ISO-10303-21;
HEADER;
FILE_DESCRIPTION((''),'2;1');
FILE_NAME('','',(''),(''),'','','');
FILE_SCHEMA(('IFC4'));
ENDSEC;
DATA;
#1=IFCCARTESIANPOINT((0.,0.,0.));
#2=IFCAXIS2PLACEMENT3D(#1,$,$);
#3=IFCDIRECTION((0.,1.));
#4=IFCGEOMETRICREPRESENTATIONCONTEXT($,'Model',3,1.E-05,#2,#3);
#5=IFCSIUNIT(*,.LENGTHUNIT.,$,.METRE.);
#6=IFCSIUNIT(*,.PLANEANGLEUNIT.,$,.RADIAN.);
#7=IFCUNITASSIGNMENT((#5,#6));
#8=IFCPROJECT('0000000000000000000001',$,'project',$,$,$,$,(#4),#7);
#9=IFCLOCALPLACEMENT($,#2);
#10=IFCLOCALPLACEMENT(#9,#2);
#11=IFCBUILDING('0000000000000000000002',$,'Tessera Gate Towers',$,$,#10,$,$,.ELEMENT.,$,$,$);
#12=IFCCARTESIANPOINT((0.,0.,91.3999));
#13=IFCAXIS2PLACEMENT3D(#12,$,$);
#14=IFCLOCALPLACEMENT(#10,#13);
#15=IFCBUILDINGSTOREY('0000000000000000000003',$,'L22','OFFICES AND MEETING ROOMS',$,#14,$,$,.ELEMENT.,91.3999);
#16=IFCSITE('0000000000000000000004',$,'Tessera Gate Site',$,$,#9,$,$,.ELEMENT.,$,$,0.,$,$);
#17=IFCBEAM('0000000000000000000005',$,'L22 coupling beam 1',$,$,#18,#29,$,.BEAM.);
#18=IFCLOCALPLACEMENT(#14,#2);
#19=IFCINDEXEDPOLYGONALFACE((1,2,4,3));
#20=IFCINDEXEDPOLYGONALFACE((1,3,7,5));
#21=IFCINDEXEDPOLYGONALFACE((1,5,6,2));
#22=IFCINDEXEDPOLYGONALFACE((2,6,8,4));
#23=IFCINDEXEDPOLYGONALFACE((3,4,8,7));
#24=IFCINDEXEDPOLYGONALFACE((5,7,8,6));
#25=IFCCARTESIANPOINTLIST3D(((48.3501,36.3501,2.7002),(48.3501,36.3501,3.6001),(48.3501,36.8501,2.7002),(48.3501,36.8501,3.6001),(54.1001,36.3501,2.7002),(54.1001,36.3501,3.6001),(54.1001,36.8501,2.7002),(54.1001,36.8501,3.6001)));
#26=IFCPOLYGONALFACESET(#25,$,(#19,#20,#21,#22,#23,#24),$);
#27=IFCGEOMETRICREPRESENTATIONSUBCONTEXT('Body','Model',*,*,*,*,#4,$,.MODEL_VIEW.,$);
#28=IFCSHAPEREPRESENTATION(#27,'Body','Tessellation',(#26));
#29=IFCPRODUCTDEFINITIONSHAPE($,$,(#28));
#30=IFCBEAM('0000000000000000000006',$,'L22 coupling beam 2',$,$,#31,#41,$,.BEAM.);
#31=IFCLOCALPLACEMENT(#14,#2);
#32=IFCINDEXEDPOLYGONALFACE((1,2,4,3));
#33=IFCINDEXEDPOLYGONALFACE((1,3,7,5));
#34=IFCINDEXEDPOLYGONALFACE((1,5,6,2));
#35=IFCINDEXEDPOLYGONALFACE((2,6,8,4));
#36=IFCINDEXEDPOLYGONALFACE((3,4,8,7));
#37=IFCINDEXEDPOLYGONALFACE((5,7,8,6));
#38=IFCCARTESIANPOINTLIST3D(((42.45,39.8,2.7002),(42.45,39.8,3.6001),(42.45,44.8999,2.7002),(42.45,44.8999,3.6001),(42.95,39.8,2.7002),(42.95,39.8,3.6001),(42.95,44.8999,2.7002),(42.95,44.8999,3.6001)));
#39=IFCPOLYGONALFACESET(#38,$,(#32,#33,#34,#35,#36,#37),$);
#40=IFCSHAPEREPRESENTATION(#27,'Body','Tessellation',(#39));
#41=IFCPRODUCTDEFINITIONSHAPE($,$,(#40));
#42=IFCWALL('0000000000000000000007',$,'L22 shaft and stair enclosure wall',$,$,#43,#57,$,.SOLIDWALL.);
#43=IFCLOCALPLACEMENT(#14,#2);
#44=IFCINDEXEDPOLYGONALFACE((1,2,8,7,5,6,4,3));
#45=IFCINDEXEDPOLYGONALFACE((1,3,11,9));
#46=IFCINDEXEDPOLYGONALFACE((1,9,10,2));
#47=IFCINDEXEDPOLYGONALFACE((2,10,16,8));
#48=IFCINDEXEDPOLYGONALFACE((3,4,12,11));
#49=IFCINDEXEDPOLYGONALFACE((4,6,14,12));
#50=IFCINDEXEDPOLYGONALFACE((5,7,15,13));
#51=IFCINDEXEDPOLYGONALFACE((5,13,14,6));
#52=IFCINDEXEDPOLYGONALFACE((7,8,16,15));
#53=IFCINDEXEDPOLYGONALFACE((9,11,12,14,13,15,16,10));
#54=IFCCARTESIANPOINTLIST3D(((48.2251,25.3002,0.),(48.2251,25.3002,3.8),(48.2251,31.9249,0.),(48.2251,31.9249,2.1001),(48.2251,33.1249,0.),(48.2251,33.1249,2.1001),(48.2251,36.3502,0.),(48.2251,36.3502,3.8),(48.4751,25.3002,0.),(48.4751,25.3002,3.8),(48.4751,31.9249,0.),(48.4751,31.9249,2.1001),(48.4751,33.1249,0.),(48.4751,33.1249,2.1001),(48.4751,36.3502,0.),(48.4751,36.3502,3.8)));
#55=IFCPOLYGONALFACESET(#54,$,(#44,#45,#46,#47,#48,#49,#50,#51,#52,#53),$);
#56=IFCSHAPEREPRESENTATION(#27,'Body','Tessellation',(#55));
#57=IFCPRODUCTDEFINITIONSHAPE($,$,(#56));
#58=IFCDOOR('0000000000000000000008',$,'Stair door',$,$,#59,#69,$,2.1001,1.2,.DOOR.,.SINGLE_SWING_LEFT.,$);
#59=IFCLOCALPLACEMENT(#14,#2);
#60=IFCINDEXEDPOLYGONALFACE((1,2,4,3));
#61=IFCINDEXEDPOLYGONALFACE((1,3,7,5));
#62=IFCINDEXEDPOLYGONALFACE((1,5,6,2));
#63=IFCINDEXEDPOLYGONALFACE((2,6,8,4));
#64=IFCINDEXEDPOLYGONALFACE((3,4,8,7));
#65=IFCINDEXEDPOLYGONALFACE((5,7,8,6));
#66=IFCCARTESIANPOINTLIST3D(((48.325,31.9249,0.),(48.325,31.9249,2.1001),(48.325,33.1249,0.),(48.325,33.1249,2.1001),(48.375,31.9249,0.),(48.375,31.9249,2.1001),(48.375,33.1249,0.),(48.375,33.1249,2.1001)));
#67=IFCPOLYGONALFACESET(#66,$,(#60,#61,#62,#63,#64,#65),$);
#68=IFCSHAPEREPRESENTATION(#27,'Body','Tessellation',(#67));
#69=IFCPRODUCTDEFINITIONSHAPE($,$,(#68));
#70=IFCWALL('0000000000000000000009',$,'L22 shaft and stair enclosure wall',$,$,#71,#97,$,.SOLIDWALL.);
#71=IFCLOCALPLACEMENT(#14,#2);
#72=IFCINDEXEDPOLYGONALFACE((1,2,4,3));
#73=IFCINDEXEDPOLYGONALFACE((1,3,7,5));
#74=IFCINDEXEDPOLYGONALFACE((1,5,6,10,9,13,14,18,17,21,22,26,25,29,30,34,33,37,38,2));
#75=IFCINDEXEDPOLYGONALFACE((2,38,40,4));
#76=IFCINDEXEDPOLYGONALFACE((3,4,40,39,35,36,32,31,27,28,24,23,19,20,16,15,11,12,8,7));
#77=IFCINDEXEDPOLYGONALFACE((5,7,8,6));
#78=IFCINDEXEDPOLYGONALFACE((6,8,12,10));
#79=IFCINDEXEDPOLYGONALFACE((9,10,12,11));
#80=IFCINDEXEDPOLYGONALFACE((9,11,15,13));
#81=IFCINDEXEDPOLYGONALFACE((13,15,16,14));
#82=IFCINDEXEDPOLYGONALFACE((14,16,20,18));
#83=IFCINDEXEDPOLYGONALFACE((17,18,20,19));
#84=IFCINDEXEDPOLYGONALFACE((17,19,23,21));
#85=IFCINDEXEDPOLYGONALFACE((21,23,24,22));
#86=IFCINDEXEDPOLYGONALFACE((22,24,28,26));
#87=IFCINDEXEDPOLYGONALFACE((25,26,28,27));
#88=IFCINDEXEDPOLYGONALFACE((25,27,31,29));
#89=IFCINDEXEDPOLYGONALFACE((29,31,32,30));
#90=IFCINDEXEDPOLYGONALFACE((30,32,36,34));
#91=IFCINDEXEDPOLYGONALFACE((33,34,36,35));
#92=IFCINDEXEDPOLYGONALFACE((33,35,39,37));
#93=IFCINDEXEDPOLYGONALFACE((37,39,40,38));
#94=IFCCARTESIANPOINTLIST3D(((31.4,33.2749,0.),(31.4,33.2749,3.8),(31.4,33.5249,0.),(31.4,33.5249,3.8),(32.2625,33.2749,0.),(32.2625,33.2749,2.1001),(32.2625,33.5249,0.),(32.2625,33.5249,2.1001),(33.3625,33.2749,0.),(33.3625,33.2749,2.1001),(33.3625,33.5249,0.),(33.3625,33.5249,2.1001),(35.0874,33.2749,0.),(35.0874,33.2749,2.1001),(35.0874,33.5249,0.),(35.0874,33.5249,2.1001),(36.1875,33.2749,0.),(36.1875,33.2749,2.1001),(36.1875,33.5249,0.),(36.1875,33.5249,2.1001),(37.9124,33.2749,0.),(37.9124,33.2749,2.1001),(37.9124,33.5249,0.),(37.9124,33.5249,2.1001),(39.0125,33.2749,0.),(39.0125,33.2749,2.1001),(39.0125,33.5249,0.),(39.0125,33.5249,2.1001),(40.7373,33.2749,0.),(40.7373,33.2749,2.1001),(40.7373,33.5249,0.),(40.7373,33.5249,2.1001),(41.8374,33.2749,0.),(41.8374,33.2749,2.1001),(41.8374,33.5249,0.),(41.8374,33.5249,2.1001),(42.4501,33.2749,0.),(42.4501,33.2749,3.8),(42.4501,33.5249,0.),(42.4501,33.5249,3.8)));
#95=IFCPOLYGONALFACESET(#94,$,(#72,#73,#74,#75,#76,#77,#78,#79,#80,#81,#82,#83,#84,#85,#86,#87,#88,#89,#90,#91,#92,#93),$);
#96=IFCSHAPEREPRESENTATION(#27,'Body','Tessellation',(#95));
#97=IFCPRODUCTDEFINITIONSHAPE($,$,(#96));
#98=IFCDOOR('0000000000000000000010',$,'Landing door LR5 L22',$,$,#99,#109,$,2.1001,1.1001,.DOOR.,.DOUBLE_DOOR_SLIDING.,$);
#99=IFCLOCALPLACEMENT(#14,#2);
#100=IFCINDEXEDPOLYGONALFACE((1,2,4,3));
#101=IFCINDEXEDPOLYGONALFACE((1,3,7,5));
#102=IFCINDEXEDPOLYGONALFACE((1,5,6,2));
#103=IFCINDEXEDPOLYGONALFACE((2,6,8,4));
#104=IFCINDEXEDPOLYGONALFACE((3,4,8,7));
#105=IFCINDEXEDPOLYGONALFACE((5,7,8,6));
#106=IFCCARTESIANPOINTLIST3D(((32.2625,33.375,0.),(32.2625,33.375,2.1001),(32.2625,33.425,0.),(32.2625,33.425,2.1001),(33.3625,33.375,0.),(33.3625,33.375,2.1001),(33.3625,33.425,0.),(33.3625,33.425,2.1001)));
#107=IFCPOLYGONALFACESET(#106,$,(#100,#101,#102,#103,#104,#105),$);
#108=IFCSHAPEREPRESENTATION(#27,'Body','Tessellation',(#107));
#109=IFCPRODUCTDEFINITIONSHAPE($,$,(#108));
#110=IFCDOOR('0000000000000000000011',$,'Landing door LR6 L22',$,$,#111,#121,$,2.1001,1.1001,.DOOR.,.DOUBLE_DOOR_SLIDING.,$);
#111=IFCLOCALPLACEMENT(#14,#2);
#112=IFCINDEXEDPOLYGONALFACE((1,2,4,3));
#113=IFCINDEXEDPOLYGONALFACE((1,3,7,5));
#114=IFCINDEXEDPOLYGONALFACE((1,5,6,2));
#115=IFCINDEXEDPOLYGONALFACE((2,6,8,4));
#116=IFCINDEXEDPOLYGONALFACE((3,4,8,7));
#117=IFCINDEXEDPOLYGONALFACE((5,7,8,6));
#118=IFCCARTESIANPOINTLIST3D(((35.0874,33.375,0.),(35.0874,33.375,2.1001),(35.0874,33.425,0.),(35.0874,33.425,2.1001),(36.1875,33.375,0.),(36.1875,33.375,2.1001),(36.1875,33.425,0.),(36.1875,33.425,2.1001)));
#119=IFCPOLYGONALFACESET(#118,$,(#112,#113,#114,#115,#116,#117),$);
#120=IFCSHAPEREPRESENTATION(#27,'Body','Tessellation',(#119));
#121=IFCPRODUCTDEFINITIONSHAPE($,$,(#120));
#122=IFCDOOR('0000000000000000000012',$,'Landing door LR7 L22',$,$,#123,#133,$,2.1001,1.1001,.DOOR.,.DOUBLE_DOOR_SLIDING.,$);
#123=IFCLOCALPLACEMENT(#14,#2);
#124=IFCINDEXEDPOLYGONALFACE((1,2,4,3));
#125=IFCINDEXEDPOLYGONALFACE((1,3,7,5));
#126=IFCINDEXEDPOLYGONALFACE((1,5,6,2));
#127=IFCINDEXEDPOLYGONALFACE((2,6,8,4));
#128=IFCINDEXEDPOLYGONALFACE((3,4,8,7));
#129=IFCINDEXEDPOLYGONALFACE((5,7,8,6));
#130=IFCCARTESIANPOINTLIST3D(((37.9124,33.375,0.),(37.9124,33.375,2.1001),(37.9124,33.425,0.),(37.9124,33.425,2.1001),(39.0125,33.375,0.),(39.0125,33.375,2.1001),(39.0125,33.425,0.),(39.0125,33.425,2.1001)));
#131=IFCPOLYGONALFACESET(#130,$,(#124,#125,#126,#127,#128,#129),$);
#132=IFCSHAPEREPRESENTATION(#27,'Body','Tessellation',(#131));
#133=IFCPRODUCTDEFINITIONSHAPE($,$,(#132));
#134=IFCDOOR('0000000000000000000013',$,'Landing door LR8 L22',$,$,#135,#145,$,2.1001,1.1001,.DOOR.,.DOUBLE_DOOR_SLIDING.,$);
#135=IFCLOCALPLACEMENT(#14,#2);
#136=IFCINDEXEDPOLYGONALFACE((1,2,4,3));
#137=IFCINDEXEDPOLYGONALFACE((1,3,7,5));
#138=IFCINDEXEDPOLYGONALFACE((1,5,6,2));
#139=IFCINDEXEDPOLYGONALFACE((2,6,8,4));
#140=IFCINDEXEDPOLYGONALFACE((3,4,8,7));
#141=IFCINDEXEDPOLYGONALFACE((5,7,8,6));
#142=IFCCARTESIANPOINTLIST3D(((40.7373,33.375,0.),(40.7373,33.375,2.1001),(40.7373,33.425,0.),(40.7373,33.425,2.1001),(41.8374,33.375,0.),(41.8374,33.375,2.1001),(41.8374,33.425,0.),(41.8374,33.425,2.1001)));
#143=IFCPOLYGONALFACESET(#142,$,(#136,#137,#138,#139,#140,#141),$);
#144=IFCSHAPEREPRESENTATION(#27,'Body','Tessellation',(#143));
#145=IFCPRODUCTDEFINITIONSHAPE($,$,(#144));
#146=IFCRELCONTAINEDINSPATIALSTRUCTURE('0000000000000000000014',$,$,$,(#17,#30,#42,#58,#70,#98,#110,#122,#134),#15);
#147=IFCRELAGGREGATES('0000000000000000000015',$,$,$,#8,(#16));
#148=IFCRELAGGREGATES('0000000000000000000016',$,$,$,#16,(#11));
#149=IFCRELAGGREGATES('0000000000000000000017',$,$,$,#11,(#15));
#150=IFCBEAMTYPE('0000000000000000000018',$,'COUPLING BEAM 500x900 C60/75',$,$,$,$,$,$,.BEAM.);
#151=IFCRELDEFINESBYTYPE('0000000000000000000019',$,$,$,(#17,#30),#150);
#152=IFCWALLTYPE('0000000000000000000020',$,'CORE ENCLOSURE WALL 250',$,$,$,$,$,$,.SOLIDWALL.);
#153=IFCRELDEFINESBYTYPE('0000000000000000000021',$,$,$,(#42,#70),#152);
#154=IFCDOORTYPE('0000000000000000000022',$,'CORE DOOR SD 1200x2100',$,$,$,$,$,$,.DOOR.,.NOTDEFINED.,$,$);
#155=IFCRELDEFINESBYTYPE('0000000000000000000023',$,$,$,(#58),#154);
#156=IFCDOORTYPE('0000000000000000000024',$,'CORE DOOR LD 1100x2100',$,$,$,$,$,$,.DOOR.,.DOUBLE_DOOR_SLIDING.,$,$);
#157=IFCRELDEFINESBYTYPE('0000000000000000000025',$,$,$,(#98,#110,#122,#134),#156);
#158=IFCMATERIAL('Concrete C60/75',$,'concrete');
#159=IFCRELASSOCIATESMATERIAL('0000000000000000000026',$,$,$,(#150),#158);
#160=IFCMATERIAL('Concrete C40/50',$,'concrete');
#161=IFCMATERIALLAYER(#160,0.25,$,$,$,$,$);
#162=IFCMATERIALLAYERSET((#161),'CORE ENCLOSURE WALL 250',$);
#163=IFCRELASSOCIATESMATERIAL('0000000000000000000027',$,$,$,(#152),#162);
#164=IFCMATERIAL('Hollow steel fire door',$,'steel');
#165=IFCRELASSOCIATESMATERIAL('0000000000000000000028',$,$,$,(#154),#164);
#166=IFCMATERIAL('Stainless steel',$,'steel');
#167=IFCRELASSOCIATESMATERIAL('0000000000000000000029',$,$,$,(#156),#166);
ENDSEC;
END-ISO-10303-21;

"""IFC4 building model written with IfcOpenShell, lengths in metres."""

from ifc_helpers import new_model, si_unit, direction, frame, frame_2d, origin, origin_2d, place, context, subcontext, project, spatial, rectangle, extrude, source, transform, mapped, material, layer, layer_set, material_profile, profile_set, type_object, element, fill, save


model = new_model("IFC4")

# Units and contexts
model_context = context("Model", 3, precision=1e-05, world=origin(), true_north=direction((0.0, 1.0)))
body_context = subcontext(model_context, "Body", "Model", "MODEL_VIEW")
ifc_project = project(units=[si_unit("LENGTHUNIT", "METRE"), si_unit("PLANEANGLEUNIT", "RADIAN")], contexts=[model_context])

# Site, building, storey
site_placement = place(None, origin())
site = spatial("IfcSite", under=ifc_project, at=site_placement, Name="Tessera Gate Site", CompositionType="ELEMENT", RefElevation=0.0)
building_placement = place(site_placement, origin())
building = spatial("IfcBuilding", under=site, at=building_placement, Name="Tessera Gate Towers", CompositionType="ELEMENT")
storey_placement = place(building_placement, frame((0.0, 0.0, 91.3999)))
storey = spatial("IfcBuildingStorey", under=building, at=storey_placement, Name="L22", Description="OFFICES AND MEETING ROOMS", CompositionType="ELEMENT", Elevation=91.3999)

# Beams
ifc_material_1 = material(Name="Concrete C60/75", Category="concrete")
ifc_material_profile = material_profile(ifc_material_1, rectangle(XDim=0.5, YDim=0.8999, at=origin_2d()), Name="RC 500x900")
ifc_profile_set = profile_set([ifc_material_profile], Name="Concrete C60/75")
beam_type = type_object("IfcBeamType", Name="COUPLING BEAM 500x900 C60/75", PredefinedType="BEAM", material=ifc_profile_set)
beam_1_placement = place(storey_placement, frame((48.3501, 36.6001, 3.1501), z_axis=(1.0, 0.0, 0.0), x_axis=(0.0, 1.0, 0.0)))
element("IfcBeam", 1, at=beam_1_placement, inside=storey, type_object=beam_type, Name="L22 coupling beam 1", PredefinedType="BEAM", context=body_context, shape_type="SweptSolid", body=[
    extrude(rectangle(XDim=0.5, YDim=0.8999, at=origin_2d()), origin(), (0.0, 0.0, 1.0), 5.75),
])
beam_2_placement = place(storey_placement, frame((42.7, 39.8, 3.1501), z_axis=(0.0, 1.0, 0.0), x_axis=(-1.0, 0.0, 0.0)))
element("IfcBeam", 2, at=beam_2_placement, inside=storey, type_object=beam_type, Name="L22 coupling beam 2", PredefinedType="BEAM", context=body_context, shape_type="SweptSolid", body=[
    extrude(rectangle(XDim=0.5, YDim=0.8999, at=origin_2d()), origin(), (0.0, 0.0, 1.0), 5.0999),
])

# Wall, opening, door
ifc_material_2 = material(Name="Concrete C40/50", Category="concrete")
ifc_layer_1 = layer(ifc_material_2, 0.25)
ifc_layer_set_1 = layer_set([ifc_layer_1], Name="CORE ENCLOSURE WALL 250")
wall_type_1 = type_object("IfcWallType", Name="CORE ENCLOSURE WALL 250", PredefinedType="SOLIDWALL", material=ifc_layer_set_1)
wall_1_placement = place(storey_placement, frame((48.3501, 36.3501, 0.0), z_axis=(0.0, 0.0, 1.0), x_axis=(0.0, -1.0, 0.0)))
wall_1 = element("IfcWall", 3, at=wall_1_placement, inside=storey, type_object=wall_type_1, Name="L22 shaft and stair enclosure wall", PredefinedType="SOLIDWALL", context=body_context, shape_type="SweptSolid", body=[
    extrude(rectangle(XDim=11.05, YDim=0.25, at=frame_2d((5.5249, 0.0))), origin(), (0.0, 0.0, 1.0), 3.8),
])
shared_shape_1 = source(origin(), body_context, "Body", "SweptSolid", [
    extrude(rectangle(XDim=1.2, YDim=2.1001, at=frame_2d((0.6001, 1.05))), frame((0.0, 0.135, 0.0), z_axis=(0.0, -1.0, 0.0), x_axis=(1.0, 0.0, 0.0)), (0.0, 0.0, 1.0), 0.27),
])
opening_1_placement = place(wall_1_placement, frame((3.2251, 0.0, 0.0)))
opening_1 = element("IfcOpeningElement", 4, at=opening_1_placement, cuts=wall_1, PredefinedType="OPENING", context=body_context, shape_type="MappedRepresentation", body=[
    mapped(shared_shape_1, transform((0.0, 0.0, 0.0), scale=1.0)),
])
ifc_material_3 = material(Name="Hollow steel fire door", Category="steel")
door_type_1 = type_object("IfcDoorType", Name="CORE DOOR SD 1200x2100", OperationType="NOTDEFINED", PredefinedType="DOOR", material=ifc_material_3)
shared_shape_2 = source(origin(), body_context, "Body", "SweptSolid", [
    extrude(rectangle(XDim=1.2, YDim=2.1001, at=frame_2d((0.6001, 1.05))), frame((0.0, 0.0249, 0.0), z_axis=(0.0, -1.0, 0.0), x_axis=(1.0, 0.0, 0.0)), (0.0, 0.0, 1.0), 0.05),
])
door_1_placement = place(opening_1_placement, origin())
door_1 = element("IfcDoor", 5, at=door_1_placement, inside=storey, type_object=door_type_1, Name="Stair door", OperationType="SINGLE_SWING_LEFT", OverallHeight=2.1001, OverallWidth=1.2, PredefinedType="DOOR", context=body_context, shape_type="MappedRepresentation", body=[
    mapped(shared_shape_2, transform((0.0, 0.0, 0.0), scale=1.0)),
])
fill(opening_1, door_1)

# Wall, openings, doors
wall_2_placement = place(storey_placement, frame((42.45, 33.3999, 0.0), z_axis=(0.0, 0.0, 1.0), x_axis=(-1.0, 0.0, 0.0)))
wall_2 = element("IfcWall", 6, at=wall_2_placement, inside=storey, type_object=wall_type_1, Name="L22 shaft and stair enclosure wall", PredefinedType="SOLIDWALL", context=body_context, shape_type="SweptSolid", body=[
    extrude(rectangle(XDim=11.05, YDim=0.25, at=frame_2d((5.5249, 0.0))), origin(), (0.0, 0.0, 1.0), 3.8),
])
shared_shape_3 = source(origin(), body_context, "Body", "SweptSolid", [
    extrude(rectangle(XDim=1.1001, YDim=2.1001, at=frame_2d((0.55, 1.05))), frame((0.0, 0.135, 0.0), z_axis=(0.0, -1.0, 0.0), x_axis=(1.0, 0.0, 0.0)), (0.0, 0.0, 1.0), 0.27),
])
opening_2_placement = place(wall_2_placement, frame((9.0874, 0.0, 0.0)))
opening_2 = element("IfcOpeningElement", 7, at=opening_2_placement, cuts=wall_2, PredefinedType="OPENING", context=body_context, shape_type="MappedRepresentation", body=[
    mapped(shared_shape_3, transform((0.0, 0.0, 0.0), scale=1.0)),
])
opening_3_placement = place(wall_2_placement, frame((6.2625, 0.0, 0.0)))
opening_3 = element("IfcOpeningElement", 8, at=opening_3_placement, cuts=wall_2, PredefinedType="OPENING", context=body_context, shape_type="MappedRepresentation", body=[
    mapped(shared_shape_3, transform((0.0, 0.0, 0.0), scale=1.0)),
])
opening_4_placement = place(wall_2_placement, frame((3.4375, 0.0, 0.0)))
opening_4 = element("IfcOpeningElement", 9, at=opening_4_placement, cuts=wall_2, PredefinedType="OPENING", context=body_context, shape_type="MappedRepresentation", body=[
    mapped(shared_shape_3, transform((0.0, 0.0, 0.0), scale=1.0)),
])
opening_5_placement = place(wall_2_placement, frame((0.6125, 0.0, 0.0)))
opening_5 = element("IfcOpeningElement", 10, at=opening_5_placement, cuts=wall_2, PredefinedType="OPENING", context=body_context, shape_type="MappedRepresentation", body=[
    mapped(shared_shape_3, transform((0.0, 0.0, 0.0), scale=1.0)),
])
ifc_material_4 = material(Name="Stainless steel", Category="steel")
door_type_2 = type_object("IfcDoorType", Name="CORE DOOR LD 1100x2100", OperationType="DOUBLE_DOOR_SLIDING", PredefinedType="DOOR", material=ifc_material_4)
shared_shape_4 = source(origin(), body_context, "Body", "SweptSolid", [
    extrude(rectangle(XDim=1.1001, YDim=2.1001, at=frame_2d((0.55, 1.05))), frame((0.0, 0.0249, 0.0), z_axis=(0.0, -1.0, 0.0), x_axis=(1.0, 0.0, 0.0)), (0.0, 0.0, 1.0), 0.05),
])
door_2_placement = place(opening_2_placement, origin())
door_2 = element("IfcDoor", 11, at=door_2_placement, inside=storey, type_object=door_type_2, Name="Landing door LR5 L22", OperationType="DOUBLE_DOOR_SLIDING", OverallHeight=2.1001, OverallWidth=1.1001, PredefinedType="DOOR", context=body_context, shape_type="MappedRepresentation", body=[
    mapped(shared_shape_4, transform((0.0, 0.0, 0.0), scale=1.0)),
])
fill(opening_2, door_2)
door_3_placement = place(opening_3_placement, origin())
door_3 = element("IfcDoor", 12, at=door_3_placement, inside=storey, type_object=door_type_2, Name="Landing door LR6 L22", OperationType="DOUBLE_DOOR_SLIDING", OverallHeight=2.1001, OverallWidth=1.1001, PredefinedType="DOOR", context=body_context, shape_type="MappedRepresentation", body=[
    mapped(shared_shape_4, transform((0.0, 0.0, 0.0), scale=1.0)),
])
fill(opening_3, door_3)
door_4_placement = place(opening_4_placement, origin())
door_4 = element("IfcDoor", 13, at=door_4_placement, inside=storey, type_object=door_type_2, Name="Landing door LR7 L22", OperationType="DOUBLE_DOOR_SLIDING", OverallHeight=2.1001, OverallWidth=1.1001, PredefinedType="DOOR", context=body_context, shape_type="MappedRepresentation", body=[
    mapped(shared_shape_4, transform((0.0, 0.0, 0.0), scale=1.0)),
])
fill(opening_4, door_4)
door_5_placement = place(opening_5_placement, origin())
door_5 = element("IfcDoor", 14, at=door_5_placement, inside=storey, type_object=door_type_2, Name="Landing door LR8 L22", OperationType="DOUBLE_DOOR_SLIDING", OverallHeight=2.1001, OverallWidth=1.1001, PredefinedType="DOOR", context=body_context, shape_type="MappedRepresentation", body=[
    mapped(shared_shape_4, transform((0.0, 0.0, 0.0), scale=1.0)),
])
fill(opening_5, door_5)

save(model, "model.ifc")
